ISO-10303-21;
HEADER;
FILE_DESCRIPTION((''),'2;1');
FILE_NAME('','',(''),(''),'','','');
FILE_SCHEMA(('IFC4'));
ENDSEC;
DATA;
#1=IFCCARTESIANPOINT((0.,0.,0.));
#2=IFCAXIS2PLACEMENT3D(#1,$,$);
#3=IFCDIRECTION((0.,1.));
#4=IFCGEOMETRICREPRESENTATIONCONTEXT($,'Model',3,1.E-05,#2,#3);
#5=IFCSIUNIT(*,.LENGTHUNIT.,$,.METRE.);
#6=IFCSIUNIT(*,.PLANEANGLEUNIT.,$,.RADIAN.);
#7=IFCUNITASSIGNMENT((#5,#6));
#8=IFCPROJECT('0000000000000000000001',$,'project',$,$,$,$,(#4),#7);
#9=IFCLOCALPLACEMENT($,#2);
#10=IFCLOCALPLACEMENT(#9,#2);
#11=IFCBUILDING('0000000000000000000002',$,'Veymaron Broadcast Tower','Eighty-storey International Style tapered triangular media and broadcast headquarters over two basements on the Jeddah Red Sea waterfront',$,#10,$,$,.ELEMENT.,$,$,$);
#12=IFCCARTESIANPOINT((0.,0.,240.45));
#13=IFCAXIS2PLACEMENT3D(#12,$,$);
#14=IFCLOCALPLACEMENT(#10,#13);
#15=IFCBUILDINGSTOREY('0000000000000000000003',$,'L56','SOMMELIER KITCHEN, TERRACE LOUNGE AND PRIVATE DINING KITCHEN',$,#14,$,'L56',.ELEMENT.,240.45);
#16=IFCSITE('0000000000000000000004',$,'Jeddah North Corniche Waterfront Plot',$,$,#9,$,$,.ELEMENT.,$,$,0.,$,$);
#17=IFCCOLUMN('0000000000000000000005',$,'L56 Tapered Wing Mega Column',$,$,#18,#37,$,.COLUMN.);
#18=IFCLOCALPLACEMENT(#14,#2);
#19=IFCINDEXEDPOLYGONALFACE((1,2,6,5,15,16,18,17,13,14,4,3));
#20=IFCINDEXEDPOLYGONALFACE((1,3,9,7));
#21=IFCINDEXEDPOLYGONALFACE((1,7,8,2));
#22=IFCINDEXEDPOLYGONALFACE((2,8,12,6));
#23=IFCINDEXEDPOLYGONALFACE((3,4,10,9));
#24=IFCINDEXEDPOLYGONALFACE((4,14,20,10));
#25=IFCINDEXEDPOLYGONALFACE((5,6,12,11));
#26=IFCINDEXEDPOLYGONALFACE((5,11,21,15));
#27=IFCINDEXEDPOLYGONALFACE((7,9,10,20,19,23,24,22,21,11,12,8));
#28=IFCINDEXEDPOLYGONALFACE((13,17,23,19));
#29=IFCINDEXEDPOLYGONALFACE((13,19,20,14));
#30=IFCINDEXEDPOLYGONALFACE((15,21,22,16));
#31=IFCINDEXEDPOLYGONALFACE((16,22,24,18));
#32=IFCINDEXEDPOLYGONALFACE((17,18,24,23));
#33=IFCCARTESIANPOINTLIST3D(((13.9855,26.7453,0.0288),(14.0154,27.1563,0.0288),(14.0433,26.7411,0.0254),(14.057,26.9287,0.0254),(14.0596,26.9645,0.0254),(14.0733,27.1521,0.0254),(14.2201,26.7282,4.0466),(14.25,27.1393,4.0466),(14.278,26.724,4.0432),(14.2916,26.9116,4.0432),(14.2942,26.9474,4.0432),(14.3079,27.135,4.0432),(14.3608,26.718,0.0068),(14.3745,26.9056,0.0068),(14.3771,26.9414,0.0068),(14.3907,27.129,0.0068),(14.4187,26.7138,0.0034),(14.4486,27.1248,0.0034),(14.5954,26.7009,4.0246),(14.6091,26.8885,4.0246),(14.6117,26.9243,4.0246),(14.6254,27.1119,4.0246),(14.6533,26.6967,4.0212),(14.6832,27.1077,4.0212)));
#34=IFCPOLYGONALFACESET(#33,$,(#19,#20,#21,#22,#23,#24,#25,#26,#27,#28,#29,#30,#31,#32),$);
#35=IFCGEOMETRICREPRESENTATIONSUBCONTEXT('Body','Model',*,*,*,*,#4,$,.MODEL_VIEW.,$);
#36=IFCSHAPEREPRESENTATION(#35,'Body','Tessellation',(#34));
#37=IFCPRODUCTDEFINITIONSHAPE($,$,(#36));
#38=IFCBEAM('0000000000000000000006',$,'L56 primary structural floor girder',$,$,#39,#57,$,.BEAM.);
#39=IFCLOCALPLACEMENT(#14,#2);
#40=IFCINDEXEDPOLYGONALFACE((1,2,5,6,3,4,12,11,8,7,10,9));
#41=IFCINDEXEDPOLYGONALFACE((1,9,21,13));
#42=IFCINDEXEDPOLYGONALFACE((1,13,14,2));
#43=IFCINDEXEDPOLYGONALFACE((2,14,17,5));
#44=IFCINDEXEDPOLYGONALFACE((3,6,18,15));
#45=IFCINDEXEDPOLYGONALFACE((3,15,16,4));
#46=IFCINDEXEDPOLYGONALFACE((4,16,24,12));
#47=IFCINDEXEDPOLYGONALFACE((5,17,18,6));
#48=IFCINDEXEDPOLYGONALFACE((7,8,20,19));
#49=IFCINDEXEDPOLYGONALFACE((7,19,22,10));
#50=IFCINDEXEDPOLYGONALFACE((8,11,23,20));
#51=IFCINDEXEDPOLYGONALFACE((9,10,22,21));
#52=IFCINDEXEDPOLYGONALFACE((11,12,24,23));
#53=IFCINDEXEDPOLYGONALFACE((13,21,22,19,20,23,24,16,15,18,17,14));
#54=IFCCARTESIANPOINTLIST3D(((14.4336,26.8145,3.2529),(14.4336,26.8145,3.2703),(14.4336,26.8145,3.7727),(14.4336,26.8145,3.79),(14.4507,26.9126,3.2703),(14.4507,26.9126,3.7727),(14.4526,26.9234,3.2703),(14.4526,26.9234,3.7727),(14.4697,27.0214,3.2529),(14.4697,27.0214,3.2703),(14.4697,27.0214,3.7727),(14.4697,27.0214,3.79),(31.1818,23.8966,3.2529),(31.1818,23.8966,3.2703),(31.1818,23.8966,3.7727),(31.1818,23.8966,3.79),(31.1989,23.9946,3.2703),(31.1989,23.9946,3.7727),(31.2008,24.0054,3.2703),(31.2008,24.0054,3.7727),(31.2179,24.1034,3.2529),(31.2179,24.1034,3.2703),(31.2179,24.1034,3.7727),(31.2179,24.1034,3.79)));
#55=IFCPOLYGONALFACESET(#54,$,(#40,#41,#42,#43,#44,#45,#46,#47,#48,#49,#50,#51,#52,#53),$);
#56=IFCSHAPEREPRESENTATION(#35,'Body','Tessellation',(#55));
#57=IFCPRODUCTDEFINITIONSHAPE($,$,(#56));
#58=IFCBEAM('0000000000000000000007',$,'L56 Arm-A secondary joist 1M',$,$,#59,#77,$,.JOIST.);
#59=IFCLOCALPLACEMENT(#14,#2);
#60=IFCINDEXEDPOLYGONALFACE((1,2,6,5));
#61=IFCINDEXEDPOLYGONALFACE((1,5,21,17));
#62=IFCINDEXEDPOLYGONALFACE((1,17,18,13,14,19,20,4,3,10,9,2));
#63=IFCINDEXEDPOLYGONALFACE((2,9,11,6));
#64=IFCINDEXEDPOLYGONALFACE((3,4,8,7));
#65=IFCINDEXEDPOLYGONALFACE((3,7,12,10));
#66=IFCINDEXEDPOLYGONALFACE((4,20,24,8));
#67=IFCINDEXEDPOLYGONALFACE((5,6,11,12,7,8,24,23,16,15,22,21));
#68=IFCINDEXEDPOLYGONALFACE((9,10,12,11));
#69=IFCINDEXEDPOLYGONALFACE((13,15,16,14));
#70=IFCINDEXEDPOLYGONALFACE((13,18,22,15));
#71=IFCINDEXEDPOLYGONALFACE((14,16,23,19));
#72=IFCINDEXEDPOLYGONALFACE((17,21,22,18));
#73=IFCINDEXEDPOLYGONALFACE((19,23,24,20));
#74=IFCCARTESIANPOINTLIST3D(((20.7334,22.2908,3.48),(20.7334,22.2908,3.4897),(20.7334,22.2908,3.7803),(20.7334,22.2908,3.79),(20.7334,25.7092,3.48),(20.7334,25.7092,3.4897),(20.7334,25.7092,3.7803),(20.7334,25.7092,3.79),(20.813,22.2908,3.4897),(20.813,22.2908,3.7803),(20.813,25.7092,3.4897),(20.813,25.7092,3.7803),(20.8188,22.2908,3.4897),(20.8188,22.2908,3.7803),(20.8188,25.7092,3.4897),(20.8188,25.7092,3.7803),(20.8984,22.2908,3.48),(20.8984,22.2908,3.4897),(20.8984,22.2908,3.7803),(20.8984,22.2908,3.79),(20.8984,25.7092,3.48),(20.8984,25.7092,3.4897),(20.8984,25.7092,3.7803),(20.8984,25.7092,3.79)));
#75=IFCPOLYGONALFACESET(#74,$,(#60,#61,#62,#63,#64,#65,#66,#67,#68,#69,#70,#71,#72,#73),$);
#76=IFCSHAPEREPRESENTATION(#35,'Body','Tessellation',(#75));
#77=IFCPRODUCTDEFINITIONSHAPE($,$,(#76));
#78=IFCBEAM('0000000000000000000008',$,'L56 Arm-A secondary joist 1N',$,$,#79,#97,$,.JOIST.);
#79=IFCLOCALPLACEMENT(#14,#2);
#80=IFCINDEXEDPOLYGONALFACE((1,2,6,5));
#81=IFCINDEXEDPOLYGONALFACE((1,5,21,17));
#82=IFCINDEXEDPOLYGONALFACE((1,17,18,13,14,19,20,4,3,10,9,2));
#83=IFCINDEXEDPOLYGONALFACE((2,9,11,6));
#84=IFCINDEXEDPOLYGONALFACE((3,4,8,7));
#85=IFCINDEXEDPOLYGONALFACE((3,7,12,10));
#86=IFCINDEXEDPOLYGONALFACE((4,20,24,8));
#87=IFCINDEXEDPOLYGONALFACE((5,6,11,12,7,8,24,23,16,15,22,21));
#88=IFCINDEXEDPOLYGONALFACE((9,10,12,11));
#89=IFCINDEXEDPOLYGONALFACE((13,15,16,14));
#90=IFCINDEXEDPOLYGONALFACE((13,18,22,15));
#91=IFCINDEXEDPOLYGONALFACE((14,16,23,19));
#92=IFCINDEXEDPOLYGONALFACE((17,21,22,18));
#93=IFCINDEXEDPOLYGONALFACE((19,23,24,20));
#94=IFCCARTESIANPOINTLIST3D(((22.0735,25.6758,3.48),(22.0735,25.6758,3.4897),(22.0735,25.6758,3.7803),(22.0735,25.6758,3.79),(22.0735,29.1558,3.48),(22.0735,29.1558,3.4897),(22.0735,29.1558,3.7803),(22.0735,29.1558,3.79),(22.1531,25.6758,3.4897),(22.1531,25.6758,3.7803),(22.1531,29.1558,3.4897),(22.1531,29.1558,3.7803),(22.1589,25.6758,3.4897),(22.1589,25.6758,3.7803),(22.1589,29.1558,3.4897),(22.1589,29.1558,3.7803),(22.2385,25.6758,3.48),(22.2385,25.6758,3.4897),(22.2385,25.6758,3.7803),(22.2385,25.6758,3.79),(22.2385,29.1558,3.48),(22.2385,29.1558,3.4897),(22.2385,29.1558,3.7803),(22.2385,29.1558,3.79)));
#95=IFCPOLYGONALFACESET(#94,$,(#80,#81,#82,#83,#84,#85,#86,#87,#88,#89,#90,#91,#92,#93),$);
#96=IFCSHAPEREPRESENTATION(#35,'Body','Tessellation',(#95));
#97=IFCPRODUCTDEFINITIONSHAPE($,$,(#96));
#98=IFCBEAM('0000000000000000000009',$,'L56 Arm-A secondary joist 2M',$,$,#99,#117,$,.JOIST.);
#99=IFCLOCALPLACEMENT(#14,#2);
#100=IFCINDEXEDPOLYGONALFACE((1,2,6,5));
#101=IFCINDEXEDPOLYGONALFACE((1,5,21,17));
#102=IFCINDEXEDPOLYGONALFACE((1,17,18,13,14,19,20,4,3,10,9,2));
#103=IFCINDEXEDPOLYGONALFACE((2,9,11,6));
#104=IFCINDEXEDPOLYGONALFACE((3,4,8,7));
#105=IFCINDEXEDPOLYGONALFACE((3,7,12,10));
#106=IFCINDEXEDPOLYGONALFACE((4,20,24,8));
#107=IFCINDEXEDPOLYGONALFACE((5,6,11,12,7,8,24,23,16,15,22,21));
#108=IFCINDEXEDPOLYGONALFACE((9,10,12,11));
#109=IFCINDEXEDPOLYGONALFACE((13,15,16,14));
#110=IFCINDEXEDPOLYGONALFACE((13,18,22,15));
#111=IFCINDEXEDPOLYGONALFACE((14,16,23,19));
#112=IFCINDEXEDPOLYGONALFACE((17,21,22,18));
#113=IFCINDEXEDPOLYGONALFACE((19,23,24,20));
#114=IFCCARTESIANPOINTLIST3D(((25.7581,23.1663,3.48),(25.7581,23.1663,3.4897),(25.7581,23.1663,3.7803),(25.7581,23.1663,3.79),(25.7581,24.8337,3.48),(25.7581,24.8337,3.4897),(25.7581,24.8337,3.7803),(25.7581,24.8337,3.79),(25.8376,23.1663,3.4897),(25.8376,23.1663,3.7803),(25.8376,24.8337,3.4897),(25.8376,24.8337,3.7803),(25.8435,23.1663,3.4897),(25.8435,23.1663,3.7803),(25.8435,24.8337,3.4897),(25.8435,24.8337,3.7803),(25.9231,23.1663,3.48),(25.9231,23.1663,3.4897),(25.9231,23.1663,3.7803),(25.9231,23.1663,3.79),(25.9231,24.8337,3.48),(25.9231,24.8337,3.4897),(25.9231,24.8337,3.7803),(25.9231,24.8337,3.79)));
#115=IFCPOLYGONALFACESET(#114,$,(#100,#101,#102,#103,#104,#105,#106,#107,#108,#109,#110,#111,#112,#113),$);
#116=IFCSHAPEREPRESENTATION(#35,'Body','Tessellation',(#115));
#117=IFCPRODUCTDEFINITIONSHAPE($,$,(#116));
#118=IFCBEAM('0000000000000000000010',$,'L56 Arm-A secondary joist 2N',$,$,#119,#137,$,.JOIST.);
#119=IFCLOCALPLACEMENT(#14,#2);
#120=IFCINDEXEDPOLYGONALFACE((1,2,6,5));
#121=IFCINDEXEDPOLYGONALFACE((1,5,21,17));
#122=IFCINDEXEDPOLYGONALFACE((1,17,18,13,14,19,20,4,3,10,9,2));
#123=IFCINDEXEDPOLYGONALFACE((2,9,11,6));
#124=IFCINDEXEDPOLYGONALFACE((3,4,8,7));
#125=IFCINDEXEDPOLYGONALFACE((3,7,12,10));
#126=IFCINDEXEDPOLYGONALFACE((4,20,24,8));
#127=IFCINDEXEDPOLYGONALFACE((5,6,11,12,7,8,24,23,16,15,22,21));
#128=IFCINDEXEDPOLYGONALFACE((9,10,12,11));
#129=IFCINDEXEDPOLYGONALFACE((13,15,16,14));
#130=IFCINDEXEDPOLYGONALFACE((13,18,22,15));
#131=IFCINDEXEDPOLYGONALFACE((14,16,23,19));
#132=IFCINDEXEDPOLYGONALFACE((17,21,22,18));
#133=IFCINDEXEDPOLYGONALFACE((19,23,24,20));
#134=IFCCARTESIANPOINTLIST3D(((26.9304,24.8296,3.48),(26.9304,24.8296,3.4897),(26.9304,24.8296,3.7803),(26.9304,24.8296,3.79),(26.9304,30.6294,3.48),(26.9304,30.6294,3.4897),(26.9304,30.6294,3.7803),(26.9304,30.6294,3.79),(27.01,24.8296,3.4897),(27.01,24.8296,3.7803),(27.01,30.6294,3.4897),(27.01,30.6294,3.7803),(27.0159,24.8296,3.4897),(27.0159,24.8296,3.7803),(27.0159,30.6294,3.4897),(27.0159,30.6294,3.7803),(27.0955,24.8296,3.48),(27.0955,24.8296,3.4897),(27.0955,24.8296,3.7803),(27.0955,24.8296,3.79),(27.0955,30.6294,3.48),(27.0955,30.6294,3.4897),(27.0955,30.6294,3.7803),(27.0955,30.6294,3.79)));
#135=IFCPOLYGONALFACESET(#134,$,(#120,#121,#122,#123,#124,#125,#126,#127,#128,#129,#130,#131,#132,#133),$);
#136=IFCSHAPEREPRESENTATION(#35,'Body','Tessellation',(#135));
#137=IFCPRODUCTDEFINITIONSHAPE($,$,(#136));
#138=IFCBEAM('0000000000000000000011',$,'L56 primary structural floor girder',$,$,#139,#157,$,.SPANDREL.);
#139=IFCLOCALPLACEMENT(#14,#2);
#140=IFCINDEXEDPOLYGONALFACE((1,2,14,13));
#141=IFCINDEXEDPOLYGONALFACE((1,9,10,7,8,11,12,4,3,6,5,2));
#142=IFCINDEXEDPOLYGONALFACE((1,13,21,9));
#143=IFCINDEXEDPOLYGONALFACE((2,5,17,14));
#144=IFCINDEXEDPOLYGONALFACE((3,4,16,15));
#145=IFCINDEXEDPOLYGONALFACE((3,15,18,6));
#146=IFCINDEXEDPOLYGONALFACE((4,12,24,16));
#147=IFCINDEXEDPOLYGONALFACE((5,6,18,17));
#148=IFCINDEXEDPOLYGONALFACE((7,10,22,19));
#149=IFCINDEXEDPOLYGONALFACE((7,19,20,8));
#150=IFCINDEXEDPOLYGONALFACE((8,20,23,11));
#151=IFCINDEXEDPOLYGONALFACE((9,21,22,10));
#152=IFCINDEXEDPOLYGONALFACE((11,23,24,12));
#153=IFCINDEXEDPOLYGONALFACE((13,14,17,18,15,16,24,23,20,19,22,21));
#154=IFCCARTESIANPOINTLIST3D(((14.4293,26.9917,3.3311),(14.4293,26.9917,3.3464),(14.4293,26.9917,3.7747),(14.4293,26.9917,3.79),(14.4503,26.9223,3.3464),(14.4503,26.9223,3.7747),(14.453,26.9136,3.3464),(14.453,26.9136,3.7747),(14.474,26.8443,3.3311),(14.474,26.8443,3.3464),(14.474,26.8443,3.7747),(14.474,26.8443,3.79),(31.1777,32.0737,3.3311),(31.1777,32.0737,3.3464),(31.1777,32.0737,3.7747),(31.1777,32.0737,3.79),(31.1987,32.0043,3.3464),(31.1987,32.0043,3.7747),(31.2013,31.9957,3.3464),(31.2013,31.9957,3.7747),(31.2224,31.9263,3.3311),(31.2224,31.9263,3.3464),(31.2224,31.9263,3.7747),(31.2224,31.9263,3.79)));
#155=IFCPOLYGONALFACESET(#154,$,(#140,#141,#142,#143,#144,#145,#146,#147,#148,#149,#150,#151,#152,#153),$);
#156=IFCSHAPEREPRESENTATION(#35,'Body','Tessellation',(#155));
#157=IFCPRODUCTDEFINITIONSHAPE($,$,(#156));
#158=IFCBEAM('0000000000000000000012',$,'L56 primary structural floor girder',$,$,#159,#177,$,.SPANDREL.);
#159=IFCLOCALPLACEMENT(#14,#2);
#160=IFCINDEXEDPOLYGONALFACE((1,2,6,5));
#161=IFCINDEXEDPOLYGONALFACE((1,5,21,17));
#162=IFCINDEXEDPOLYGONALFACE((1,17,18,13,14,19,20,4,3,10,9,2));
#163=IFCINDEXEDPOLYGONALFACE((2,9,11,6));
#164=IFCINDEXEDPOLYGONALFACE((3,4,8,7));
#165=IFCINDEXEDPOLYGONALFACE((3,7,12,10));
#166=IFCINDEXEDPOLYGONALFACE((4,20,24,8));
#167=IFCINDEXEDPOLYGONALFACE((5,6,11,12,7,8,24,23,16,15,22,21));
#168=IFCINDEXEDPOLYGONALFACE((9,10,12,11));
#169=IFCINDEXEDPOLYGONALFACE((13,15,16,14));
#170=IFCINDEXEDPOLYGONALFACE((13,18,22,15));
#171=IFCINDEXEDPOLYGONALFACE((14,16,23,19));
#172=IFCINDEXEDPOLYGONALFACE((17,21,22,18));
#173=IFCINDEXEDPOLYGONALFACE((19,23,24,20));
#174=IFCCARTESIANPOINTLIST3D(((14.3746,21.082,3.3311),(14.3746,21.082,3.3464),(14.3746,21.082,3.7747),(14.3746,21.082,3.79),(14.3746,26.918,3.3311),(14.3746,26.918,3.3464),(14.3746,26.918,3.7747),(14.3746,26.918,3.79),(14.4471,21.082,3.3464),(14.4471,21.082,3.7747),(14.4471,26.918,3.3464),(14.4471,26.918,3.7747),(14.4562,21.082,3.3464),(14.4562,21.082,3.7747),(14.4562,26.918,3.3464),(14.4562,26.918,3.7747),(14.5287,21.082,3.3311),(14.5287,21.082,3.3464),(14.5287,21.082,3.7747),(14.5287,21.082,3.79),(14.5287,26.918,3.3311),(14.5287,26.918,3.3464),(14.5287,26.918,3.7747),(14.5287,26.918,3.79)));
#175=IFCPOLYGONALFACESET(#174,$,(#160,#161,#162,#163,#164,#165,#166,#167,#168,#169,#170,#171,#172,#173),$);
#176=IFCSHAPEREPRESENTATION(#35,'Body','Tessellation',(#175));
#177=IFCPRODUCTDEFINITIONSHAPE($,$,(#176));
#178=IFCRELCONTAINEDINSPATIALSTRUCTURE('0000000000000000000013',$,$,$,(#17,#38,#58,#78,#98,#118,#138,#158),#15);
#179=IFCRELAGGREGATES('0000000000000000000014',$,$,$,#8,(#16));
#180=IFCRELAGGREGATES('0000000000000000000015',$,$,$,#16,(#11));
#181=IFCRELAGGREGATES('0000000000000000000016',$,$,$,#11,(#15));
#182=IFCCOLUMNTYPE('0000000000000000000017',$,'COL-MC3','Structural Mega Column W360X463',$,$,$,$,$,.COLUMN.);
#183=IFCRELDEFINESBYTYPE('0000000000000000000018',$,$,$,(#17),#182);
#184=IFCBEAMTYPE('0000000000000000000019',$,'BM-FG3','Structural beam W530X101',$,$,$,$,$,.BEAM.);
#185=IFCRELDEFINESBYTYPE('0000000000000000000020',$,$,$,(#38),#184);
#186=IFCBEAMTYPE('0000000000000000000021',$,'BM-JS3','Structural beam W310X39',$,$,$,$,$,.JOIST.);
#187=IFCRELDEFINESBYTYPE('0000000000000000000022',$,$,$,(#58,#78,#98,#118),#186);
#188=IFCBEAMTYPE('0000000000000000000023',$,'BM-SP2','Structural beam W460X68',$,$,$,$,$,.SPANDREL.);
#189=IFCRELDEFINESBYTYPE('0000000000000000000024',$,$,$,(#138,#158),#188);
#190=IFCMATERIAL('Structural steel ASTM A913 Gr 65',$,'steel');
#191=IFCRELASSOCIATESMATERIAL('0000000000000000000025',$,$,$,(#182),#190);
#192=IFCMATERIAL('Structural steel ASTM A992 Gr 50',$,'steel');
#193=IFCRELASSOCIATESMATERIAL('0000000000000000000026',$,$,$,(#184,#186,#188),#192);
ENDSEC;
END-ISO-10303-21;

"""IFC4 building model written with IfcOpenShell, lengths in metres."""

from ifc_helpers import new_model, si_unit, direction, frame, origin, origin_2d, place, context, subcontext, project, spatial, i_section, extrude, material, material_profile, profile_set, type_object, element, save


model = new_model("IFC4")

# Units and contexts
model_context = context("Model", 3, precision=1e-05, world=origin(), true_north=direction((0.0, 1.0)))
body_context = subcontext(model_context, "Body", "Model", "MODEL_VIEW")
ifc_project = project(units=[si_unit("LENGTHUNIT", "METRE"), si_unit("PLANEANGLEUNIT", "RADIAN")], contexts=[model_context])

# Site, building, storey
site_placement = place(None, origin())
site = spatial("IfcSite", under=ifc_project, at=site_placement, Name="Jeddah North Corniche Waterfront Plot", CompositionType="ELEMENT", RefElevation=0.0)
building_placement = place(site_placement, origin())
building = spatial("IfcBuilding", under=site, at=building_placement, Name="Veymaron Broadcast Tower", Description="Eighty-storey International Style tapered triangular media and broadcast headquarters over two basements on the Jeddah Red Sea waterfront", CompositionType="ELEMENT")
storey_placement = place(building_placement, frame((0.0, 0.0, 240.45)))
storey = spatial("IfcBuildingStorey", under=building, at=storey_placement, Name="L56", Description="SOMMELIER KITCHEN, TERRACE LOUNGE AND PRIVATE DINING KITCHEN", LongName="L56", CompositionType="ELEMENT", Elevation=240.45)

# Column
ifc_material_1 = material(Name="Structural steel ASTM A913 Gr 65", Category="steel")
ifc_material_profile_1 = material_profile(ifc_material_1, i_section(OverallWidth=0.4121, OverallDepth=0.4351, WebThickness=0.0359, FlangeThickness=0.0581, at=origin_2d()), Name="W360X463")
ifc_profile_set_1 = profile_set([ifc_material_profile_1], Name="Structural steel ASTM A913 Gr 65")
column_type = type_object("IfcColumnType", Name="COL-MC3", Description="Structural Mega Column W360X463", PredefinedType="COLUMN", material=ifc_profile_set_1)
column_placement = place(storey_placement, frame((14.217, 26.9351, 0.0161), z_axis=(0.058295, -0.004246, 0.99829), x_axis=(0.072648, 0.997358, 0.0)))
element("IfcColumn", 1, at=column_placement, inside=storey, type_object=column_type, Name="L56 Tapered Wing Mega Column", PredefinedType="COLUMN", context=body_context, shape_type="SweptSolid", body=[
    extrude(i_section(OverallWidth=0.4121, OverallDepth=0.4351, WebThickness=0.0359, FlangeThickness=0.0581, at=origin_2d()), origin(), (0.0, 0.0, 1.0), 4.0247),
])

# Beams
ifc_material_2 = material(Name="Structural steel ASTM A992 Gr 50", Category="steel")
ifc_material_profile_2 = material_profile(ifc_material_2, i_section(OverallWidth=0.21, OverallDepth=0.5371, WebThickness=0.011, FlangeThickness=0.0173, at=origin_2d()), Name="W530X101")
ifc_profile_set_2 = profile_set([ifc_material_profile_2], Name="Structural steel ASTM A992 Gr 50")
beam_type_1 = type_object("IfcBeamType", Name="BM-FG3", Description="Structural beam W530X101", PredefinedType="BEAM", material=ifc_profile_set_2)
beam_1_placement = place(storey_placement, frame((14.4517, 26.918, 3.5215), z_axis=(0.98516, -0.171639, 0.0), x_axis=(0.171639, 0.98516, 0.0)))
element("IfcBeam", 2, at=beam_1_placement, inside=storey, type_object=beam_type_1, Name="L56 primary structural floor girder", PredefinedType="BEAM", context=body_context, shape_type="SweptSolid", body=[
    extrude(i_section(OverallWidth=0.21, OverallDepth=0.5371, WebThickness=0.011, FlangeThickness=0.0173, at=origin_2d()), origin(), (0.0, 0.0, 1.0), 17.0005),
])
ifc_material_profile_3 = material_profile(ifc_material_2, i_section(OverallWidth=0.165, OverallDepth=0.3101, WebThickness=0.0059, FlangeThickness=0.0098, at=origin_2d()), Name="W310X39")
ifc_profile_set_3 = profile_set([ifc_material_profile_3], Name="Structural steel ASTM A992 Gr 50")
beam_type_2 = type_object("IfcBeamType", Name="BM-JS3", Description="Structural beam W310X39", PredefinedType="JOIST", material=ifc_profile_set_3)
beam_2_placement = place(storey_placement, frame((20.8159, 22.2908, 3.635), z_axis=(0.0, 1.0, 0.0), x_axis=(-1.0, 0.0, 0.0)))
element("IfcBeam", 3, at=beam_2_placement, inside=storey, type_object=beam_type_2, Name="L56 Arm-A secondary joist 1M", PredefinedType="JOIST", context=body_context, shape_type="SweptSolid", body=[
    extrude(i_section(OverallWidth=0.165, OverallDepth=0.3101, WebThickness=0.0059, FlangeThickness=0.0098, at=origin_2d()), origin(), (0.0, 0.0, 1.0), 3.4185),
])
beam_3_placement = place(storey_placement, frame((22.156, 25.6758, 3.635), z_axis=(0.0, 1.0, 0.0), x_axis=(-1.0, 0.0, 0.0)))
element("IfcBeam", 4, at=beam_3_placement, inside=storey, type_object=beam_type_2, Name="L56 Arm-A secondary joist 1N", PredefinedType="JOIST", context=body_context, shape_type="SweptSolid", body=[
    extrude(i_section(OverallWidth=0.165, OverallDepth=0.3101, WebThickness=0.0059, FlangeThickness=0.0098, at=origin_2d()), origin(), (0.0, 0.0, 1.0), 3.48),
])
beam_4_placement = place(storey_placement, frame((25.8406, 23.1663, 3.635), z_axis=(0.0, 1.0, 0.0), x_axis=(-1.0, 0.0, 0.0)))
element("IfcBeam", 5, at=beam_4_placement, inside=storey, type_object=beam_type_2, Name="L56 Arm-A secondary joist 2M", PredefinedType="JOIST", context=body_context, shape_type="SweptSolid", body=[
    extrude(i_section(OverallWidth=0.165, OverallDepth=0.3101, WebThickness=0.0059, FlangeThickness=0.0098, at=origin_2d()), origin(), (0.0, 0.0, 1.0), 1.6675),
])
beam_5_placement = place(storey_placement, frame((27.0129, 24.8296, 3.635), z_axis=(0.0, 1.0, 0.0), x_axis=(-1.0, 0.0, 0.0)))
element("IfcBeam", 6, at=beam_5_placement, inside=storey, type_object=beam_type_2, Name="L56 Arm-A secondary joist 2N", PredefinedType="JOIST", context=body_context, shape_type="SweptSolid", body=[
    extrude(i_section(OverallWidth=0.165, OverallDepth=0.3101, WebThickness=0.0059, FlangeThickness=0.0098, at=origin_2d()), origin(), (0.0, 0.0, 1.0), 5.7998),
])
ifc_material_profile_4 = material_profile(ifc_material_2, i_section(OverallWidth=0.1541, OverallDepth=0.459, WebThickness=0.009, FlangeThickness=0.0154, at=origin_2d()), Name="W460X68")
ifc_profile_set_4 = profile_set([ifc_material_profile_4], Name="Structural steel ASTM A992 Gr 50")
beam_type_3 = type_object("IfcBeamType", Name="BM-SP2", Description="Structural beam W460X68", PredefinedType="SPANDREL", material=ifc_profile_set_4)
beam_6_placement = place(storey_placement, frame((14.4517, 26.918, 3.5605), z_axis=(0.956917, 0.290363, 0.0), x_axis=(-0.290363, 0.956917, 0.0)))
element("IfcBeam", 7, at=beam_6_placement, inside=storey, type_object=beam_type_3, Name="L56 primary structural floor girder", PredefinedType="SPANDREL", context=body_context, shape_type="SweptSolid", body=[
    extrude(i_section(OverallWidth=0.1541, OverallDepth=0.459, WebThickness=0.009, FlangeThickness=0.0154, at=origin_2d()), origin(), (0.0, 0.0, 1.0), 17.5024),
])
beam_7_placement = place(storey_placement, frame((14.4517, 21.082, 3.5605), z_axis=(0.0, 1.0, 0.0), x_axis=(-1.0, 0.0, 0.0)))
element("IfcBeam", 8, at=beam_7_placement, inside=storey, type_object=beam_type_3, Name="L56 primary structural floor girder", PredefinedType="SPANDREL", context=body_context, shape_type="SweptSolid", body=[
    extrude(i_section(OverallWidth=0.1541, OverallDepth=0.459, WebThickness=0.009, FlangeThickness=0.0154, at=origin_2d()), origin(), (0.0, 0.0, 1.0), 5.8359),
])

save(model, "model.ifc")
